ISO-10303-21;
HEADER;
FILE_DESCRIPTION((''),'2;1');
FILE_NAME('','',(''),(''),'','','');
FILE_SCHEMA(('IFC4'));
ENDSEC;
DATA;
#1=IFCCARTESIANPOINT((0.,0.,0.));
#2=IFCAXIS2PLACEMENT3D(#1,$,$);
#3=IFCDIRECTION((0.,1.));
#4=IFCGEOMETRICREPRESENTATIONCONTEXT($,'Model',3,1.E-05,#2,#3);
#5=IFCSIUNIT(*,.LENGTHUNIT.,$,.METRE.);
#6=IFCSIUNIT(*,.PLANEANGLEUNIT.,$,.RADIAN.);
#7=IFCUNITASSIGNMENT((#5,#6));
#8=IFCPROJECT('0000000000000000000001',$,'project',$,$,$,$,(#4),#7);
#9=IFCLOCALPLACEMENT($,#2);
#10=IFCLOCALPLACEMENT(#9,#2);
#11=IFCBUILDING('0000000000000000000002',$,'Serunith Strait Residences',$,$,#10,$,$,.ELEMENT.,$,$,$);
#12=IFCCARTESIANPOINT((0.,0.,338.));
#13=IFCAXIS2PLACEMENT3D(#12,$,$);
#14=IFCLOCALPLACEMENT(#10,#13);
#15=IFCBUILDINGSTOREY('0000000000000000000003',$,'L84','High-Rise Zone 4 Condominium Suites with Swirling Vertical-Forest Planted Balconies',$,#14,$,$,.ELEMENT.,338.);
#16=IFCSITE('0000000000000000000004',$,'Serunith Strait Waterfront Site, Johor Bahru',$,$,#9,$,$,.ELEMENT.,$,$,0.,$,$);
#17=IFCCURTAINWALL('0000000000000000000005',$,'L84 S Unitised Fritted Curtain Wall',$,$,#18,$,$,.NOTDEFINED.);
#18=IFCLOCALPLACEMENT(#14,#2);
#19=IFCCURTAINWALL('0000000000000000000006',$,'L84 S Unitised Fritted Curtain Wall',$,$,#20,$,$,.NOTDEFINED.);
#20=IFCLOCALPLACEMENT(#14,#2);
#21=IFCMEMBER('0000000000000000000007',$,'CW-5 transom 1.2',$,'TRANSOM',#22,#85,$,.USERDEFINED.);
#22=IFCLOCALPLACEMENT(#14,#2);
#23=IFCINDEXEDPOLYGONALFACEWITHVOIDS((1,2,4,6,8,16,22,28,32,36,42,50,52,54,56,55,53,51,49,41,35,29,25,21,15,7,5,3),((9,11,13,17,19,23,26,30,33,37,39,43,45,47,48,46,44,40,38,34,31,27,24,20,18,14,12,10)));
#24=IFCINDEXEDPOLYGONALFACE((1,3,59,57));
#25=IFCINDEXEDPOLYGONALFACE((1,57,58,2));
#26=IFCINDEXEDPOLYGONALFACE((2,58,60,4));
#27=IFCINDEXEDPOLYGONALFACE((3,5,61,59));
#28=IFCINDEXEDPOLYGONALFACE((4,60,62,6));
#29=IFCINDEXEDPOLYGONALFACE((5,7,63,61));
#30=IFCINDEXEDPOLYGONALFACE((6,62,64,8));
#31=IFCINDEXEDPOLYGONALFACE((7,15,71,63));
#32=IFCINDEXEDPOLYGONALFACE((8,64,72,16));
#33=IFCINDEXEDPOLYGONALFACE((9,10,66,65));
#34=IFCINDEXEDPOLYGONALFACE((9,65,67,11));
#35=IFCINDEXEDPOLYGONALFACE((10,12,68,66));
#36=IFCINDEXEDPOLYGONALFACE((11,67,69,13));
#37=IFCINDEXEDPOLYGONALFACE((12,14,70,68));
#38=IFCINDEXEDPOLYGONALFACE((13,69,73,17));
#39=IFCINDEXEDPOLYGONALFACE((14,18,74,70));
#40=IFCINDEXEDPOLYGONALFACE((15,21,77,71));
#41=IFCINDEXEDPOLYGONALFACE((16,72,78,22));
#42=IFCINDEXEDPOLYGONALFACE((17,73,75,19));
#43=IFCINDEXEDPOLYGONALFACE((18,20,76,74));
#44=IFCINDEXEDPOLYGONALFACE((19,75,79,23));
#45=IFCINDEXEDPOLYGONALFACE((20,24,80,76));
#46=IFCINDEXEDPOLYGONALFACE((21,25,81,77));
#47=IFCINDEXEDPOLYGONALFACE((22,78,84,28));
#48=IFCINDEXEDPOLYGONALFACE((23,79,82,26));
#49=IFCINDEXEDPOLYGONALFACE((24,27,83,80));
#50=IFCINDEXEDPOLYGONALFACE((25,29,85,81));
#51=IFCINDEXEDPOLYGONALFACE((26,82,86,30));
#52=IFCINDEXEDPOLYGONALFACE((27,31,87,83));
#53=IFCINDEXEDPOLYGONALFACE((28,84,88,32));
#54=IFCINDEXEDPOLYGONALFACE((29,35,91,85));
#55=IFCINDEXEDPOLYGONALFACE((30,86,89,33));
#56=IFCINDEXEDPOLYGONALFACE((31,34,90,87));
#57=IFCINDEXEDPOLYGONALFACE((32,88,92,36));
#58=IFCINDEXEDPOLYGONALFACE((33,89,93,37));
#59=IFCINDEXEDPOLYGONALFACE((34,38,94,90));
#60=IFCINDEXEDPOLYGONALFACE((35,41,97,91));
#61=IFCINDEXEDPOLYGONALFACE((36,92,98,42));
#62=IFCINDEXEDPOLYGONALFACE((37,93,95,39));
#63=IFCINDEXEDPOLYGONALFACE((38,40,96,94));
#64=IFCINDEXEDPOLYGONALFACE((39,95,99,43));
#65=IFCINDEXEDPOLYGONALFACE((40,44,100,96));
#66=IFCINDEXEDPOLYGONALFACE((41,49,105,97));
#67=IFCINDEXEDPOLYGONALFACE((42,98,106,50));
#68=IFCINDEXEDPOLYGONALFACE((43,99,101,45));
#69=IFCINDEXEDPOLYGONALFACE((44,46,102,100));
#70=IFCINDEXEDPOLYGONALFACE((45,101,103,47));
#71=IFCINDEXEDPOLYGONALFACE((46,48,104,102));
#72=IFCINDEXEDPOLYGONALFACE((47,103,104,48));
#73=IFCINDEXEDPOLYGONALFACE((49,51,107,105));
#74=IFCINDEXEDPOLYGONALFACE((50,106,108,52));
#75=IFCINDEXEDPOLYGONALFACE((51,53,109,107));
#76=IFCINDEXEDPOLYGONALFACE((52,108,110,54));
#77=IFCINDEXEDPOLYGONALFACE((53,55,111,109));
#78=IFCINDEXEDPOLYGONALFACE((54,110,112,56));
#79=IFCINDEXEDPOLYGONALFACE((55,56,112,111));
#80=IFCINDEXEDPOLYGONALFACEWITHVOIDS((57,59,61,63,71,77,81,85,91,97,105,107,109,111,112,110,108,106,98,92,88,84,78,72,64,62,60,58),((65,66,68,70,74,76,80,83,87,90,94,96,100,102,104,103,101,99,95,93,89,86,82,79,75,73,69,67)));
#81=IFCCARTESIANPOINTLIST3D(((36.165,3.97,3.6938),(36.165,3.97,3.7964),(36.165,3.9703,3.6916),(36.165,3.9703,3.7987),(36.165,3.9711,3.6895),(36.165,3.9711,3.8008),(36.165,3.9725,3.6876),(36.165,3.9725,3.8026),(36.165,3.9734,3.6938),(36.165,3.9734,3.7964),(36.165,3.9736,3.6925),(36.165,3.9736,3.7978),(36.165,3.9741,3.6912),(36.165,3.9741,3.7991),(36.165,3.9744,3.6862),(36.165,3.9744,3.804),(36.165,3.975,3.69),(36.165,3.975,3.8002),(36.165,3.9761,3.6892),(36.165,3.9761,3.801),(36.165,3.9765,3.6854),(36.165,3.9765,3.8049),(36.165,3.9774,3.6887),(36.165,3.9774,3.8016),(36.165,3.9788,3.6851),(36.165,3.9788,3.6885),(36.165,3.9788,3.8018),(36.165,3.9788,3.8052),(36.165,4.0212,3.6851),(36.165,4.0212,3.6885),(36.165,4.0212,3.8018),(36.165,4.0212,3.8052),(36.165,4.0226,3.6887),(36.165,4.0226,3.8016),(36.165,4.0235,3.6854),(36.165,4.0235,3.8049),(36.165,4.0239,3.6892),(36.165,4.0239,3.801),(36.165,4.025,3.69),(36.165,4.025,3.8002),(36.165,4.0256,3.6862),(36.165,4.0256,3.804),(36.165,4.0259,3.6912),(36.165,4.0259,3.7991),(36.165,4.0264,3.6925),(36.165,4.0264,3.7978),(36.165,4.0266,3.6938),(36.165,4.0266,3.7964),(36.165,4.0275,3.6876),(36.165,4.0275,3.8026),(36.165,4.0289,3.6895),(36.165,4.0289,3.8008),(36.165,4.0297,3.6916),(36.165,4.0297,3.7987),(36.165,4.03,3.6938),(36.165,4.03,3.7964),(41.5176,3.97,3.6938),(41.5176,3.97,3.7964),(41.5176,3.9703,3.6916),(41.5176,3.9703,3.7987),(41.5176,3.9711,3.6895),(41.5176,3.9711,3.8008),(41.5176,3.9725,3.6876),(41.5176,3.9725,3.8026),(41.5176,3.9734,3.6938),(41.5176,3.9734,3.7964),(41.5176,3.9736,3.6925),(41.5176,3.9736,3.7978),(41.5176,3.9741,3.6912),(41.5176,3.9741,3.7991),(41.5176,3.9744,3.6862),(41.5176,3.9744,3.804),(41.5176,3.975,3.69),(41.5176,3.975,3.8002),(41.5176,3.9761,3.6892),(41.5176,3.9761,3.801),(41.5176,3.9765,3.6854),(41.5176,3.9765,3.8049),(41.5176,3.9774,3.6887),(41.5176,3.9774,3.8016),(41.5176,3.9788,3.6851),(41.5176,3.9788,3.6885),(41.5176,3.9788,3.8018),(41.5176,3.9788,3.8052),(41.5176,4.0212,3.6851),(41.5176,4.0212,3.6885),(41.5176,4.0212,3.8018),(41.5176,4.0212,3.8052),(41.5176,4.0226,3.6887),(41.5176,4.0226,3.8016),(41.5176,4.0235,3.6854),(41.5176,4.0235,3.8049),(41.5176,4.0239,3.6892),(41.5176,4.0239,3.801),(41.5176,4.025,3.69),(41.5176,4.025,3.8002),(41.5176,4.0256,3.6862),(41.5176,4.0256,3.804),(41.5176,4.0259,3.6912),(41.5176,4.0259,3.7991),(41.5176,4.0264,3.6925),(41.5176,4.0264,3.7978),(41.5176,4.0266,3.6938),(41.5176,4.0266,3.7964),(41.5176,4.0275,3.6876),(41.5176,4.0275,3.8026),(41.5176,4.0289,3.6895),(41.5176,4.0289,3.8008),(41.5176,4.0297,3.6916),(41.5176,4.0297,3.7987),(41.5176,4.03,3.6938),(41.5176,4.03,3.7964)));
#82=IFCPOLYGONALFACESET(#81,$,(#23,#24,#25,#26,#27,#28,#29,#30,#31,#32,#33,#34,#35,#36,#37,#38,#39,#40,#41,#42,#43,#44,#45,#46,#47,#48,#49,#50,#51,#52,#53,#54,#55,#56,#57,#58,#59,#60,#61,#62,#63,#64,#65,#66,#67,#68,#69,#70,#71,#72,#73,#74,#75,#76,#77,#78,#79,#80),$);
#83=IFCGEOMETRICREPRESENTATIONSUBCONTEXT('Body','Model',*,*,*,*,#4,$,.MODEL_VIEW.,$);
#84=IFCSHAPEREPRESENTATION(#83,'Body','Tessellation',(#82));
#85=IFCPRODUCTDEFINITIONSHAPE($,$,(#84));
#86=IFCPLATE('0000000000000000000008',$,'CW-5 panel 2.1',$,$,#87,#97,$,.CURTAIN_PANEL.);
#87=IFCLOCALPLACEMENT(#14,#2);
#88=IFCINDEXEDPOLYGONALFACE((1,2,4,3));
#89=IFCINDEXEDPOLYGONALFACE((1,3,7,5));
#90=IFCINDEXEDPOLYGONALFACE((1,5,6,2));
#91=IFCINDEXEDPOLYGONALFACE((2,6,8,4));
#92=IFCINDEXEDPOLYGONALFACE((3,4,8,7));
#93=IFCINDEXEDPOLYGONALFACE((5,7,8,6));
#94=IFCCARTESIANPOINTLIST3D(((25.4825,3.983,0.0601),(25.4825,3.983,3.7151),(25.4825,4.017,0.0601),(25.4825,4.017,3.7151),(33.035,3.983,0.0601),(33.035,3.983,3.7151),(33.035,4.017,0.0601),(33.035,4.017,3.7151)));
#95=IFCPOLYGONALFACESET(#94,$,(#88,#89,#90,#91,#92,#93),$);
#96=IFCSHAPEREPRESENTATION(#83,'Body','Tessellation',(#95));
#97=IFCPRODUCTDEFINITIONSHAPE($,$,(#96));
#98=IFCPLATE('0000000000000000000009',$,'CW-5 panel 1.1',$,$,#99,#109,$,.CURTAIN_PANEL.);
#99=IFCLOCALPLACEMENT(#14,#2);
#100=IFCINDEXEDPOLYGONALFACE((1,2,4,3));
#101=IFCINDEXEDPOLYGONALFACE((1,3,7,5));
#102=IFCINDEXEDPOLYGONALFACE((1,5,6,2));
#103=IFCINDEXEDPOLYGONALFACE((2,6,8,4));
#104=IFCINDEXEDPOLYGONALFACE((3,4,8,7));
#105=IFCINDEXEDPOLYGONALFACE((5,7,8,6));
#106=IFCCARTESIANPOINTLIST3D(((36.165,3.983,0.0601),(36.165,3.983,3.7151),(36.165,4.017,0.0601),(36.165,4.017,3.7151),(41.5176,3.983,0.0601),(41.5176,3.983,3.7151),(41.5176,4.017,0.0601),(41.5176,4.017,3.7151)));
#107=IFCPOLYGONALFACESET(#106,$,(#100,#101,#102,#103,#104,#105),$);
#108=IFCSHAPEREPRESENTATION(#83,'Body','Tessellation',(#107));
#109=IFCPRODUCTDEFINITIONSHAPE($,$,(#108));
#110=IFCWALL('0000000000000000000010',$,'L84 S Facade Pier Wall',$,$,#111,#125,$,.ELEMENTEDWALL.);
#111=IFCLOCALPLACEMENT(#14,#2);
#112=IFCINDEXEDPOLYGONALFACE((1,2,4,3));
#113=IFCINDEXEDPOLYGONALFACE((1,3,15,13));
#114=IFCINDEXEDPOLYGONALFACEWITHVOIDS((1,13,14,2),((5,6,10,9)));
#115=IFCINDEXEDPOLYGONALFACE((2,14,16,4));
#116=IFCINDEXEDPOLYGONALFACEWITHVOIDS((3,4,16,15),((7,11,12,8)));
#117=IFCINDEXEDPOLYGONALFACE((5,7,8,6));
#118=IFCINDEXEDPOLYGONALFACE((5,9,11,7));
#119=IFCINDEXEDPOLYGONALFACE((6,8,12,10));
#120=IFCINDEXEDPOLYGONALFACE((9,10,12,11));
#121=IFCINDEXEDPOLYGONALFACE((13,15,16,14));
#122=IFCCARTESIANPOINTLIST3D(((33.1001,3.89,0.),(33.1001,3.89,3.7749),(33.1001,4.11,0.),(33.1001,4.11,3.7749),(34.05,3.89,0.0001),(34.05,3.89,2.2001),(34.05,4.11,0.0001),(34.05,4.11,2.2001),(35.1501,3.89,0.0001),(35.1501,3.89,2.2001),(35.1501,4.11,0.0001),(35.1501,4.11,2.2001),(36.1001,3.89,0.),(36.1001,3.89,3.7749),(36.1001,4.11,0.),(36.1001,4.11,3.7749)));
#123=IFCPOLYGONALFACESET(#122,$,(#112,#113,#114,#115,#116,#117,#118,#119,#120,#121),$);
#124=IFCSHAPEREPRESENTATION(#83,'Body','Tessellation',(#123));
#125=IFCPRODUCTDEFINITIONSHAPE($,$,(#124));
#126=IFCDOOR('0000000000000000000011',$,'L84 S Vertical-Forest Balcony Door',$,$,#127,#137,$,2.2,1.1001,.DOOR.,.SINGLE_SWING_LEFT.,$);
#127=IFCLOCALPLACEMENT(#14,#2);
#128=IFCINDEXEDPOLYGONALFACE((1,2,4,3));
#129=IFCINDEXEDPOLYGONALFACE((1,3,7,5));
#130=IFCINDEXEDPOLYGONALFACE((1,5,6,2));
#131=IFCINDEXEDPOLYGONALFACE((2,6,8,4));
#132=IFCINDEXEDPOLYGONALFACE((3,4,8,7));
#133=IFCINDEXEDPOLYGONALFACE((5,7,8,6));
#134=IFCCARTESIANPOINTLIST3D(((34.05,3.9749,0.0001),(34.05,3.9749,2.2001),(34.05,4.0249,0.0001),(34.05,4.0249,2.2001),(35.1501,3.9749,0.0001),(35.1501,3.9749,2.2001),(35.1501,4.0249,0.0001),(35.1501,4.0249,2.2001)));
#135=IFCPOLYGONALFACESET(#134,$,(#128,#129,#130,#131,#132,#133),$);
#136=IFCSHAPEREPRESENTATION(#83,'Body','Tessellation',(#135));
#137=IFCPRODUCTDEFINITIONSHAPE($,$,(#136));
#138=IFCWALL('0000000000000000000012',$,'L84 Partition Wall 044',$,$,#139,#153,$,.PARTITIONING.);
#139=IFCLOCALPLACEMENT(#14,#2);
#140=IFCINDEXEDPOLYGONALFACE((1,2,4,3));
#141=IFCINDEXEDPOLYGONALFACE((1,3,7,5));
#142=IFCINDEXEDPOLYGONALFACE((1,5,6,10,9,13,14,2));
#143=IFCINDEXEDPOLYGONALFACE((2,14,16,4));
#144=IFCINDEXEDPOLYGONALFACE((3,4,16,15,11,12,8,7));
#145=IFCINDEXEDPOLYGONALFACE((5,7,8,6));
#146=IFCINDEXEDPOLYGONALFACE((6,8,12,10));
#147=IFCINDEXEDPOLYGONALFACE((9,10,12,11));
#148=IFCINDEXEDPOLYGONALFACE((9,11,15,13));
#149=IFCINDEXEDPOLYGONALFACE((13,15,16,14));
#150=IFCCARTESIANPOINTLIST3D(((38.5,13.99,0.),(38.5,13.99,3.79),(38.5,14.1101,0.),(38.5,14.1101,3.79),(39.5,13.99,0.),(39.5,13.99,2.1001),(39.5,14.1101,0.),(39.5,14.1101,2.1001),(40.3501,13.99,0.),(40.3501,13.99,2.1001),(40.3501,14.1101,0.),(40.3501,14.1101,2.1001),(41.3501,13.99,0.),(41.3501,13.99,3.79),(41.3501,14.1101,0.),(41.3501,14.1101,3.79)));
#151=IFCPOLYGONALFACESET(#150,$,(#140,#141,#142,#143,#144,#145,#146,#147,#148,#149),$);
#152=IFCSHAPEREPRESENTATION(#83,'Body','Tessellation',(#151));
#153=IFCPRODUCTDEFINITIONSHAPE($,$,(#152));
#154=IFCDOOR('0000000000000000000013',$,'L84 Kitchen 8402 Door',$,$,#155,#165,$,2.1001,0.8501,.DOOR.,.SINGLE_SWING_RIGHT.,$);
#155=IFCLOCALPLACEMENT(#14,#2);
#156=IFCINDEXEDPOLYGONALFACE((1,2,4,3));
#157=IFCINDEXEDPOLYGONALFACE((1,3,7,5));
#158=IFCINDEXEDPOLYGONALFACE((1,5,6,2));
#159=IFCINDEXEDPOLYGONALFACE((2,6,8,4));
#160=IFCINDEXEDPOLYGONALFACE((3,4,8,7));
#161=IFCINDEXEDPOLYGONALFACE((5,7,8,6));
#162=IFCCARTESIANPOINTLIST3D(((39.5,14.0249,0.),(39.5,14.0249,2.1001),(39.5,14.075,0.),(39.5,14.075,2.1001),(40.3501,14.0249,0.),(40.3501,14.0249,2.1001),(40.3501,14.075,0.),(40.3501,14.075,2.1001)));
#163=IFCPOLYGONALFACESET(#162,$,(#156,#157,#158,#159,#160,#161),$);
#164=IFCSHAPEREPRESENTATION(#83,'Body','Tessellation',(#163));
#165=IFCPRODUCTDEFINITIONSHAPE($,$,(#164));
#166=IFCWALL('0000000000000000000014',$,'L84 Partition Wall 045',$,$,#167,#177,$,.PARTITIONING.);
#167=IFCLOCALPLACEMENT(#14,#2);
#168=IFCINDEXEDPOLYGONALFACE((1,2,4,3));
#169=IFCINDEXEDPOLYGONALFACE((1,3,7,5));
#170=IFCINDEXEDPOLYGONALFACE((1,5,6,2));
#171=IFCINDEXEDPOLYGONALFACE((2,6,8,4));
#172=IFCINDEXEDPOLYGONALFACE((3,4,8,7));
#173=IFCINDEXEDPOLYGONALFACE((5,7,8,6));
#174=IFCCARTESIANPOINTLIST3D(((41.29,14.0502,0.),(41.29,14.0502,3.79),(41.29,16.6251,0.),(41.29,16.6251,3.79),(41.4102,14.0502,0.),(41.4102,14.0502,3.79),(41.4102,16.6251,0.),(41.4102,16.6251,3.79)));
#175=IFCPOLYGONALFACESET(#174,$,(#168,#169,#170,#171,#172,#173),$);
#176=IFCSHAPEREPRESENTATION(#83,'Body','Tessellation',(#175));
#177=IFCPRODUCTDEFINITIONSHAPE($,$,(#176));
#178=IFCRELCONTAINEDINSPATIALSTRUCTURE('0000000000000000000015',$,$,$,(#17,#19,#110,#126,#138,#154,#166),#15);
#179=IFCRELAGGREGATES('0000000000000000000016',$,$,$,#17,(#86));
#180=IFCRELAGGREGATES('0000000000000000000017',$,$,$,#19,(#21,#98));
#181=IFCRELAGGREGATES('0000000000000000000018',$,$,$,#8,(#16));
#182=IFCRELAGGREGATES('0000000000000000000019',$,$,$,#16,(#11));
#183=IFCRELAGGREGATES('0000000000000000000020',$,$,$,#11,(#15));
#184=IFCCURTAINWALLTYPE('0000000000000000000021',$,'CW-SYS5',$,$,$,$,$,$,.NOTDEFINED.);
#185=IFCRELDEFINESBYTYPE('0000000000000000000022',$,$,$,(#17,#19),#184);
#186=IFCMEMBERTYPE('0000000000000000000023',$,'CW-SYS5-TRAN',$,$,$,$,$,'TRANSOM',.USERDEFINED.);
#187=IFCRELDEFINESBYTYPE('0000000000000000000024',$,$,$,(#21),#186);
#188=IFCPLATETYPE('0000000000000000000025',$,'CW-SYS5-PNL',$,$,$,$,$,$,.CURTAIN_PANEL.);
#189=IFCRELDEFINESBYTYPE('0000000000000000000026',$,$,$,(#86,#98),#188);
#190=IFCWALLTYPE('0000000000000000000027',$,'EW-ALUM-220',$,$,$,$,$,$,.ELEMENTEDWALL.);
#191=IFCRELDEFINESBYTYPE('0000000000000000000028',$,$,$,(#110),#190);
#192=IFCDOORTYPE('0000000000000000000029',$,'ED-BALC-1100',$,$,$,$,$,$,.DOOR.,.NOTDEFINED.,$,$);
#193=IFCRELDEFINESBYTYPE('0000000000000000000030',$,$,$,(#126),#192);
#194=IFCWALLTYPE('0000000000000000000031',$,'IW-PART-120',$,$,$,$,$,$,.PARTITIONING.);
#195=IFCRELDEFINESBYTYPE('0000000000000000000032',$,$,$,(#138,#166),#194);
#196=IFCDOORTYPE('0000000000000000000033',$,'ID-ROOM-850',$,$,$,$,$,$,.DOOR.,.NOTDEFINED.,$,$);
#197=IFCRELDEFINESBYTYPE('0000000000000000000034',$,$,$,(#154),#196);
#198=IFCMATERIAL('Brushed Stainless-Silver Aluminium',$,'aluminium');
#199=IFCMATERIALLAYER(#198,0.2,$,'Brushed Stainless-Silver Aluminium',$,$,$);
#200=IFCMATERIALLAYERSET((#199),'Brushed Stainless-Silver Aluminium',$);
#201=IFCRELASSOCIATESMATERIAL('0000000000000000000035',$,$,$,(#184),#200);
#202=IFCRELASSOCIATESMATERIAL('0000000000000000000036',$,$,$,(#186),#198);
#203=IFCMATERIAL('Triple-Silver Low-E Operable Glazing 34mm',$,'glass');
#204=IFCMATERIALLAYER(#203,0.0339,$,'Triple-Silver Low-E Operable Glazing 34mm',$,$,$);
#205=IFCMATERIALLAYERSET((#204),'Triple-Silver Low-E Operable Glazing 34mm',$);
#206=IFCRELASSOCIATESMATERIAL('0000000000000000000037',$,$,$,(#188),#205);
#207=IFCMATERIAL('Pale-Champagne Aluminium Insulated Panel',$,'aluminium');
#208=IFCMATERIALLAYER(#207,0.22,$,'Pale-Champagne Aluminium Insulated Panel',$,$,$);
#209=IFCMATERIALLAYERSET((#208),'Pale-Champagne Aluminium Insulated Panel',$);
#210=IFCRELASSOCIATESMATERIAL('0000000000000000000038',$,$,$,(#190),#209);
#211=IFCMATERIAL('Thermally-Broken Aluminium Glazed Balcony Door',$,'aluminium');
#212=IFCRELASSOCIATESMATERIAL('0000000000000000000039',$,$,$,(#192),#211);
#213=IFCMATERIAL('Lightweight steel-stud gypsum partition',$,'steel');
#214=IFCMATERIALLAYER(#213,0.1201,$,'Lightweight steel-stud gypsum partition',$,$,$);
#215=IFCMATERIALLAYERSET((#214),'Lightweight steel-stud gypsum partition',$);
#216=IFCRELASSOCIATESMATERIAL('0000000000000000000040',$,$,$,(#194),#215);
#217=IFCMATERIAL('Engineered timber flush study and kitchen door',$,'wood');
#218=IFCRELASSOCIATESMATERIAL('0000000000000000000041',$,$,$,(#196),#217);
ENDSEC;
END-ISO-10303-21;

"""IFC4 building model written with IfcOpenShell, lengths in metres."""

from ifc_helpers import new_model, si_unit, direction, frame, frame_2d, origin, origin_2d, place, context, subcontext, project, spatial, rectangle, hollow_rectangle, extrude, source, transform, mapped, material, layer, layer_set, material_profile, profile_set, type_object, element, fill, aggregate, save


model = new_model("IFC4")

# Units and contexts
model_context = context("Model", 3, precision=1e-05, world=origin(), true_north=direction((0.0, 1.0)))
body_context = subcontext(model_context, "Body", "Model", "MODEL_VIEW")
ifc_project = project(units=[si_unit("LENGTHUNIT", "METRE"), si_unit("PLANEANGLEUNIT", "RADIAN")], contexts=[model_context])

# Site, building, storey
site_placement = place(None, origin())
site = spatial("IfcSite", under=ifc_project, at=site_placement, Name="Serunith Strait Waterfront Site, Johor Bahru", CompositionType="ELEMENT", RefElevation=0.0)
building_placement = place(site_placement, origin())
building = spatial("IfcBuilding", under=site, at=building_placement, Name="Serunith Strait Residences", CompositionType="ELEMENT")
storey_placement = place(building_placement, frame((0.0, 0.0, 338.0)))
storey = spatial("IfcBuildingStorey", under=building, at=storey_placement, Name="L84", Description="High-Rise Zone 4 Condominium Suites with Swirling Vertical-Forest Planted Balconies", CompositionType="ELEMENT", Elevation=338.0)

# Curtain wall
ifc_material_1 = material(Name="Brushed Stainless-Silver Aluminium", Category="aluminium")
ifc_layer_1 = layer(ifc_material_1, 0.2, Name="Brushed Stainless-Silver Aluminium")
ifc_layer_set_1 = layer_set([ifc_layer_1], Name="Brushed Stainless-Silver Aluminium")
curtain_wall_type = type_object("IfcCurtainWallType", Name="CW-SYS5", PredefinedType="NOTDEFINED", material=ifc_layer_set_1)
curtain_wall_1_placement = place(storey_placement, origin())
curtain_wall_1 = element("IfcCurtainWall", 1, at=curtain_wall_1_placement, inside=storey, type_object=curtain_wall_type, Name="L84 S Unitised Fritted Curtain Wall", PredefinedType="NOTDEFINED")

# Curtain wall, member
curtain_wall_2_placement = place(storey_placement, origin())
curtain_wall_2 = element("IfcCurtainWall", 2, at=curtain_wall_2_placement, inside=storey, type_object=curtain_wall_type, Name="L84 S Unitised Fritted Curtain Wall", PredefinedType="NOTDEFINED")
ifc_material_profile_1 = material_profile(ifc_material_1, hollow_rectangle(XDim=0.0601, YDim=0.1201, WallThickness=0.0034, InnerFilletRadius=0.0054, OuterFilletRadius=0.0088, at=origin_2d()), Name="ALU 120x60x3.5")
ifc_profile_set_1 = profile_set([ifc_material_profile_1], Name="Brushed Stainless-Silver Aluminium")
member_type_1 = type_object("IfcMemberType", Name="CW-SYS5-TRAN", ElementType="TRANSOM", PredefinedType="USERDEFINED", material=ifc_profile_set_1)
shared_shape_1 = source(origin(), body_context, "Body", "SweptSolid", [
    extrude(hollow_rectangle(XDim=0.0601, YDim=0.1201, WallThickness=0.0034, InnerFilletRadius=0.0054, OuterFilletRadius=0.0088, at=origin_2d()), origin(), (0.0, 0.0, 1.0), 5.3525),
])
member_1_placement = place(storey_placement, frame((36.165, 4.0, 3.7451), z_axis=(1.0, 0.0, 0.0), x_axis=(0.0, 1.0, 0.0)))
member_1 = element("IfcMember", 3, at=member_1_placement, type_object=member_type_1, Name="CW-5 transom 1.2", ObjectType="TRANSOM", PredefinedType="USERDEFINED", context=body_context, shape_type="MappedRepresentation", body=[
    mapped(shared_shape_1, transform((0.0, 0.0, 0.0), scale=1.0)),
])

# Plates
ifc_material_2 = material(Name="Triple-Silver Low-E Operable Glazing 34mm", Category="glass")
ifc_layer_2 = layer(ifc_material_2, 0.0339, Name="Triple-Silver Low-E Operable Glazing 34mm")
ifc_layer_set_2 = layer_set([ifc_layer_2], Name="Triple-Silver Low-E Operable Glazing 34mm")
plate_type = type_object("IfcPlateType", Name="CW-SYS5-PNL", PredefinedType="CURTAIN_PANEL", material=ifc_layer_set_2)
shared_shape_2 = source(origin(), body_context, "Body", "SweptSolid", [
    extrude(rectangle(XDim=7.5525, YDim=0.0339, at=origin_2d()), origin(), (0.0, 0.0, 1.0), 3.655),
])
plate_1_placement = place(storey_placement, frame((29.2588, 4.0, 0.0601), z_axis=(0.0, 0.0, 1.0), x_axis=(1.0, 0.0, 0.0)))
plate_1 = element("IfcPlate", 4, at=plate_1_placement, type_object=plate_type, Name="CW-5 panel 2.1", PredefinedType="CURTAIN_PANEL", context=body_context, shape_type="MappedRepresentation", body=[
    mapped(shared_shape_2, transform((0.0, 0.0, 0.0), scale=1.0)),
])
aggregate(curtain_wall_1, [plate_1])
shared_shape_3 = source(origin(), body_context, "Body", "SweptSolid", [
    extrude(rectangle(XDim=5.3525, YDim=0.0339, at=origin_2d()), origin(), (0.0, 0.0, 1.0), 3.655),
])
plate_2_placement = place(storey_placement, frame((38.8413, 4.0, 0.0601), z_axis=(0.0, 0.0, 1.0), x_axis=(1.0, 0.0, 0.0)))
plate_2 = element("IfcPlate", 5, at=plate_2_placement, type_object=plate_type, Name="CW-5 panel 1.1", PredefinedType="CURTAIN_PANEL", context=body_context, shape_type="MappedRepresentation", body=[
    mapped(shared_shape_3, transform((0.0, 0.0, 0.0), scale=1.0)),
])
aggregate(curtain_wall_2, [member_1, plate_2])

# Walls, openings, doors
ifc_material_3 = material(Name="Pale-Champagne Aluminium Insulated Panel", Category="aluminium")
ifc_layer_3 = layer(ifc_material_3, 0.22, Name="Pale-Champagne Aluminium Insulated Panel")
ifc_layer_set_3 = layer_set([ifc_layer_3], Name="Pale-Champagne Aluminium Insulated Panel")
wall_type_1 = type_object("IfcWallType", Name="EW-ALUM-220", PredefinedType="ELEMENTEDWALL", material=ifc_layer_set_3)
wall_1_placement = place(storey_placement, frame((33.1001, 4.0, 0.0), z_axis=(0.0, 0.0, 1.0), x_axis=(1.0, 0.0, 0.0)))
wall_1 = element("IfcWall", 6, at=wall_1_placement, inside=storey, type_object=wall_type_1, Name="L84 S Facade Pier Wall", PredefinedType="ELEMENTEDWALL", context=body_context, shape_type="SweptSolid", body=[
    extrude(rectangle(XDim=3.0, YDim=0.22, at=frame_2d((1.5, 0.0))), origin(), (0.0, 0.0, 1.0), 3.7749),
])
opening_1_placement = place(wall_1_placement, frame((0.95, 0.0, 0.0)))
opening_1 = element("IfcOpeningElement", 7, at=opening_1_placement, cuts=wall_1, PredefinedType="OPENING", context=body_context, shape_type="SweptSolid", body=[
    extrude(rectangle(XDim=1.1001, YDim=2.2, at=frame_2d((0.55, 1.1001))), frame((0.0, 0.1201, 0.0), z_axis=(0.0, -1.0, 0.0), x_axis=(1.0, 0.0, 0.0)), (0.0, 0.0, 1.0), 0.24),
])
ifc_material_4 = material(Name="Thermally-Broken Aluminium Glazed Balcony Door", Category="aluminium")
door_type_1 = type_object("IfcDoorType", Name="ED-BALC-1100", OperationType="NOTDEFINED", PredefinedType="DOOR", material=ifc_material_4)
shared_shape_4 = source(origin(), body_context, "Body", "SweptSolid", [
    extrude(rectangle(XDim=1.1001, YDim=2.2, at=frame_2d((0.55, 1.1001))), frame((0.0, 0.0249, 0.0), z_axis=(0.0, -1.0, 0.0), x_axis=(1.0, 0.0, 0.0)), (0.0, 0.0, 1.0), 0.05),
])
door_1_placement = place(opening_1_placement, origin())
door_1 = element("IfcDoor", 8, at=door_1_placement, inside=storey, type_object=door_type_1, Name="L84 S Vertical-Forest Balcony Door", OperationType="SINGLE_SWING_LEFT", OverallHeight=2.2, OverallWidth=1.1001, PredefinedType="DOOR", context=body_context, shape_type="MappedRepresentation", body=[
    mapped(shared_shape_4, transform((0.0, 0.0, 0.0), scale=1.0)),
])
fill(opening_1, door_1)
ifc_material_5 = material(Name="Lightweight steel-stud gypsum partition", Category="steel")
ifc_layer_4 = layer(ifc_material_5, 0.1201, Name="Lightweight steel-stud gypsum partition")
ifc_layer_set_4 = layer_set([ifc_layer_4], Name="Lightweight steel-stud gypsum partition")
wall_type_2 = type_object("IfcWallType", Name="IW-PART-120", PredefinedType="PARTITIONING", material=ifc_layer_set_4)
wall_2_placement = place(storey_placement, frame((38.5, 14.05, 0.0), z_axis=(0.0, 0.0, 1.0), x_axis=(1.0, 0.0, 0.0)))
wall_2 = element("IfcWall", 9, at=wall_2_placement, inside=storey, type_object=wall_type_2, Name="L84 Partition Wall 044", PredefinedType="PARTITIONING", context=body_context, shape_type="SweptSolid", body=[
    extrude(rectangle(XDim=2.8501, YDim=0.1201, at=frame_2d((1.425, 0.0))), origin(), (0.0, 0.0, 1.0), 3.79),
])
opening_2_placement = place(wall_2_placement, frame((1.0, 0.0, 0.0)))
opening_2 = element("IfcOpeningElement", 10, at=opening_2_placement, cuts=wall_2, PredefinedType="OPENING", context=body_context, shape_type="SweptSolid", body=[
    extrude(rectangle(XDim=0.8501, YDim=2.1001, at=frame_2d((0.425, 1.05))), frame((0.0, 0.0701, 0.0), z_axis=(0.0, -1.0, 0.0), x_axis=(1.0, 0.0, 0.0)), (0.0, 0.0, 1.0), 0.1401),
])
ifc_material_6 = material(Name="Engineered timber flush study and kitchen door", Category="wood")
door_type_2 = type_object("IfcDoorType", Name="ID-ROOM-850", OperationType="NOTDEFINED", PredefinedType="DOOR", material=ifc_material_6)
shared_shape_5 = source(origin(), body_context, "Body", "SweptSolid", [
    extrude(rectangle(XDim=0.8501, YDim=2.1001, at=frame_2d((0.425, 1.05))), frame((0.0, 0.0249, 0.0), z_axis=(0.0, -1.0, 0.0), x_axis=(1.0, 0.0, 0.0)), (0.0, 0.0, 1.0), 0.05),
])
door_2_placement = place(opening_2_placement, origin())
door_2 = element("IfcDoor", 11, at=door_2_placement, inside=storey, type_object=door_type_2, Name="L84 Kitchen 8402 Door", OperationType="SINGLE_SWING_RIGHT", OverallHeight=2.1001, OverallWidth=0.8501, PredefinedType="DOOR", context=body_context, shape_type="MappedRepresentation", body=[
    mapped(shared_shape_5, transform((0.0, 0.0, 0.0), scale=1.0)),
])
fill(opening_2, door_2)

# Wall
wall_3_placement = place(storey_placement, frame((41.3501, 14.05, 0.0), z_axis=(0.0, 0.0, 1.0), x_axis=(0.0, 1.0, 0.0)))
element("IfcWall", 12, at=wall_3_placement, inside=storey, type_object=wall_type_2, Name="L84 Partition Wall 045", PredefinedType="PARTITIONING", context=body_context, shape_type="SweptSolid", body=[
    extrude(rectangle(XDim=2.575, YDim=0.1201, at=frame_2d((1.2876, 0.0))), origin(), (0.0, 0.0, 1.0), 3.79),
])

save(model, "model.ifc")
